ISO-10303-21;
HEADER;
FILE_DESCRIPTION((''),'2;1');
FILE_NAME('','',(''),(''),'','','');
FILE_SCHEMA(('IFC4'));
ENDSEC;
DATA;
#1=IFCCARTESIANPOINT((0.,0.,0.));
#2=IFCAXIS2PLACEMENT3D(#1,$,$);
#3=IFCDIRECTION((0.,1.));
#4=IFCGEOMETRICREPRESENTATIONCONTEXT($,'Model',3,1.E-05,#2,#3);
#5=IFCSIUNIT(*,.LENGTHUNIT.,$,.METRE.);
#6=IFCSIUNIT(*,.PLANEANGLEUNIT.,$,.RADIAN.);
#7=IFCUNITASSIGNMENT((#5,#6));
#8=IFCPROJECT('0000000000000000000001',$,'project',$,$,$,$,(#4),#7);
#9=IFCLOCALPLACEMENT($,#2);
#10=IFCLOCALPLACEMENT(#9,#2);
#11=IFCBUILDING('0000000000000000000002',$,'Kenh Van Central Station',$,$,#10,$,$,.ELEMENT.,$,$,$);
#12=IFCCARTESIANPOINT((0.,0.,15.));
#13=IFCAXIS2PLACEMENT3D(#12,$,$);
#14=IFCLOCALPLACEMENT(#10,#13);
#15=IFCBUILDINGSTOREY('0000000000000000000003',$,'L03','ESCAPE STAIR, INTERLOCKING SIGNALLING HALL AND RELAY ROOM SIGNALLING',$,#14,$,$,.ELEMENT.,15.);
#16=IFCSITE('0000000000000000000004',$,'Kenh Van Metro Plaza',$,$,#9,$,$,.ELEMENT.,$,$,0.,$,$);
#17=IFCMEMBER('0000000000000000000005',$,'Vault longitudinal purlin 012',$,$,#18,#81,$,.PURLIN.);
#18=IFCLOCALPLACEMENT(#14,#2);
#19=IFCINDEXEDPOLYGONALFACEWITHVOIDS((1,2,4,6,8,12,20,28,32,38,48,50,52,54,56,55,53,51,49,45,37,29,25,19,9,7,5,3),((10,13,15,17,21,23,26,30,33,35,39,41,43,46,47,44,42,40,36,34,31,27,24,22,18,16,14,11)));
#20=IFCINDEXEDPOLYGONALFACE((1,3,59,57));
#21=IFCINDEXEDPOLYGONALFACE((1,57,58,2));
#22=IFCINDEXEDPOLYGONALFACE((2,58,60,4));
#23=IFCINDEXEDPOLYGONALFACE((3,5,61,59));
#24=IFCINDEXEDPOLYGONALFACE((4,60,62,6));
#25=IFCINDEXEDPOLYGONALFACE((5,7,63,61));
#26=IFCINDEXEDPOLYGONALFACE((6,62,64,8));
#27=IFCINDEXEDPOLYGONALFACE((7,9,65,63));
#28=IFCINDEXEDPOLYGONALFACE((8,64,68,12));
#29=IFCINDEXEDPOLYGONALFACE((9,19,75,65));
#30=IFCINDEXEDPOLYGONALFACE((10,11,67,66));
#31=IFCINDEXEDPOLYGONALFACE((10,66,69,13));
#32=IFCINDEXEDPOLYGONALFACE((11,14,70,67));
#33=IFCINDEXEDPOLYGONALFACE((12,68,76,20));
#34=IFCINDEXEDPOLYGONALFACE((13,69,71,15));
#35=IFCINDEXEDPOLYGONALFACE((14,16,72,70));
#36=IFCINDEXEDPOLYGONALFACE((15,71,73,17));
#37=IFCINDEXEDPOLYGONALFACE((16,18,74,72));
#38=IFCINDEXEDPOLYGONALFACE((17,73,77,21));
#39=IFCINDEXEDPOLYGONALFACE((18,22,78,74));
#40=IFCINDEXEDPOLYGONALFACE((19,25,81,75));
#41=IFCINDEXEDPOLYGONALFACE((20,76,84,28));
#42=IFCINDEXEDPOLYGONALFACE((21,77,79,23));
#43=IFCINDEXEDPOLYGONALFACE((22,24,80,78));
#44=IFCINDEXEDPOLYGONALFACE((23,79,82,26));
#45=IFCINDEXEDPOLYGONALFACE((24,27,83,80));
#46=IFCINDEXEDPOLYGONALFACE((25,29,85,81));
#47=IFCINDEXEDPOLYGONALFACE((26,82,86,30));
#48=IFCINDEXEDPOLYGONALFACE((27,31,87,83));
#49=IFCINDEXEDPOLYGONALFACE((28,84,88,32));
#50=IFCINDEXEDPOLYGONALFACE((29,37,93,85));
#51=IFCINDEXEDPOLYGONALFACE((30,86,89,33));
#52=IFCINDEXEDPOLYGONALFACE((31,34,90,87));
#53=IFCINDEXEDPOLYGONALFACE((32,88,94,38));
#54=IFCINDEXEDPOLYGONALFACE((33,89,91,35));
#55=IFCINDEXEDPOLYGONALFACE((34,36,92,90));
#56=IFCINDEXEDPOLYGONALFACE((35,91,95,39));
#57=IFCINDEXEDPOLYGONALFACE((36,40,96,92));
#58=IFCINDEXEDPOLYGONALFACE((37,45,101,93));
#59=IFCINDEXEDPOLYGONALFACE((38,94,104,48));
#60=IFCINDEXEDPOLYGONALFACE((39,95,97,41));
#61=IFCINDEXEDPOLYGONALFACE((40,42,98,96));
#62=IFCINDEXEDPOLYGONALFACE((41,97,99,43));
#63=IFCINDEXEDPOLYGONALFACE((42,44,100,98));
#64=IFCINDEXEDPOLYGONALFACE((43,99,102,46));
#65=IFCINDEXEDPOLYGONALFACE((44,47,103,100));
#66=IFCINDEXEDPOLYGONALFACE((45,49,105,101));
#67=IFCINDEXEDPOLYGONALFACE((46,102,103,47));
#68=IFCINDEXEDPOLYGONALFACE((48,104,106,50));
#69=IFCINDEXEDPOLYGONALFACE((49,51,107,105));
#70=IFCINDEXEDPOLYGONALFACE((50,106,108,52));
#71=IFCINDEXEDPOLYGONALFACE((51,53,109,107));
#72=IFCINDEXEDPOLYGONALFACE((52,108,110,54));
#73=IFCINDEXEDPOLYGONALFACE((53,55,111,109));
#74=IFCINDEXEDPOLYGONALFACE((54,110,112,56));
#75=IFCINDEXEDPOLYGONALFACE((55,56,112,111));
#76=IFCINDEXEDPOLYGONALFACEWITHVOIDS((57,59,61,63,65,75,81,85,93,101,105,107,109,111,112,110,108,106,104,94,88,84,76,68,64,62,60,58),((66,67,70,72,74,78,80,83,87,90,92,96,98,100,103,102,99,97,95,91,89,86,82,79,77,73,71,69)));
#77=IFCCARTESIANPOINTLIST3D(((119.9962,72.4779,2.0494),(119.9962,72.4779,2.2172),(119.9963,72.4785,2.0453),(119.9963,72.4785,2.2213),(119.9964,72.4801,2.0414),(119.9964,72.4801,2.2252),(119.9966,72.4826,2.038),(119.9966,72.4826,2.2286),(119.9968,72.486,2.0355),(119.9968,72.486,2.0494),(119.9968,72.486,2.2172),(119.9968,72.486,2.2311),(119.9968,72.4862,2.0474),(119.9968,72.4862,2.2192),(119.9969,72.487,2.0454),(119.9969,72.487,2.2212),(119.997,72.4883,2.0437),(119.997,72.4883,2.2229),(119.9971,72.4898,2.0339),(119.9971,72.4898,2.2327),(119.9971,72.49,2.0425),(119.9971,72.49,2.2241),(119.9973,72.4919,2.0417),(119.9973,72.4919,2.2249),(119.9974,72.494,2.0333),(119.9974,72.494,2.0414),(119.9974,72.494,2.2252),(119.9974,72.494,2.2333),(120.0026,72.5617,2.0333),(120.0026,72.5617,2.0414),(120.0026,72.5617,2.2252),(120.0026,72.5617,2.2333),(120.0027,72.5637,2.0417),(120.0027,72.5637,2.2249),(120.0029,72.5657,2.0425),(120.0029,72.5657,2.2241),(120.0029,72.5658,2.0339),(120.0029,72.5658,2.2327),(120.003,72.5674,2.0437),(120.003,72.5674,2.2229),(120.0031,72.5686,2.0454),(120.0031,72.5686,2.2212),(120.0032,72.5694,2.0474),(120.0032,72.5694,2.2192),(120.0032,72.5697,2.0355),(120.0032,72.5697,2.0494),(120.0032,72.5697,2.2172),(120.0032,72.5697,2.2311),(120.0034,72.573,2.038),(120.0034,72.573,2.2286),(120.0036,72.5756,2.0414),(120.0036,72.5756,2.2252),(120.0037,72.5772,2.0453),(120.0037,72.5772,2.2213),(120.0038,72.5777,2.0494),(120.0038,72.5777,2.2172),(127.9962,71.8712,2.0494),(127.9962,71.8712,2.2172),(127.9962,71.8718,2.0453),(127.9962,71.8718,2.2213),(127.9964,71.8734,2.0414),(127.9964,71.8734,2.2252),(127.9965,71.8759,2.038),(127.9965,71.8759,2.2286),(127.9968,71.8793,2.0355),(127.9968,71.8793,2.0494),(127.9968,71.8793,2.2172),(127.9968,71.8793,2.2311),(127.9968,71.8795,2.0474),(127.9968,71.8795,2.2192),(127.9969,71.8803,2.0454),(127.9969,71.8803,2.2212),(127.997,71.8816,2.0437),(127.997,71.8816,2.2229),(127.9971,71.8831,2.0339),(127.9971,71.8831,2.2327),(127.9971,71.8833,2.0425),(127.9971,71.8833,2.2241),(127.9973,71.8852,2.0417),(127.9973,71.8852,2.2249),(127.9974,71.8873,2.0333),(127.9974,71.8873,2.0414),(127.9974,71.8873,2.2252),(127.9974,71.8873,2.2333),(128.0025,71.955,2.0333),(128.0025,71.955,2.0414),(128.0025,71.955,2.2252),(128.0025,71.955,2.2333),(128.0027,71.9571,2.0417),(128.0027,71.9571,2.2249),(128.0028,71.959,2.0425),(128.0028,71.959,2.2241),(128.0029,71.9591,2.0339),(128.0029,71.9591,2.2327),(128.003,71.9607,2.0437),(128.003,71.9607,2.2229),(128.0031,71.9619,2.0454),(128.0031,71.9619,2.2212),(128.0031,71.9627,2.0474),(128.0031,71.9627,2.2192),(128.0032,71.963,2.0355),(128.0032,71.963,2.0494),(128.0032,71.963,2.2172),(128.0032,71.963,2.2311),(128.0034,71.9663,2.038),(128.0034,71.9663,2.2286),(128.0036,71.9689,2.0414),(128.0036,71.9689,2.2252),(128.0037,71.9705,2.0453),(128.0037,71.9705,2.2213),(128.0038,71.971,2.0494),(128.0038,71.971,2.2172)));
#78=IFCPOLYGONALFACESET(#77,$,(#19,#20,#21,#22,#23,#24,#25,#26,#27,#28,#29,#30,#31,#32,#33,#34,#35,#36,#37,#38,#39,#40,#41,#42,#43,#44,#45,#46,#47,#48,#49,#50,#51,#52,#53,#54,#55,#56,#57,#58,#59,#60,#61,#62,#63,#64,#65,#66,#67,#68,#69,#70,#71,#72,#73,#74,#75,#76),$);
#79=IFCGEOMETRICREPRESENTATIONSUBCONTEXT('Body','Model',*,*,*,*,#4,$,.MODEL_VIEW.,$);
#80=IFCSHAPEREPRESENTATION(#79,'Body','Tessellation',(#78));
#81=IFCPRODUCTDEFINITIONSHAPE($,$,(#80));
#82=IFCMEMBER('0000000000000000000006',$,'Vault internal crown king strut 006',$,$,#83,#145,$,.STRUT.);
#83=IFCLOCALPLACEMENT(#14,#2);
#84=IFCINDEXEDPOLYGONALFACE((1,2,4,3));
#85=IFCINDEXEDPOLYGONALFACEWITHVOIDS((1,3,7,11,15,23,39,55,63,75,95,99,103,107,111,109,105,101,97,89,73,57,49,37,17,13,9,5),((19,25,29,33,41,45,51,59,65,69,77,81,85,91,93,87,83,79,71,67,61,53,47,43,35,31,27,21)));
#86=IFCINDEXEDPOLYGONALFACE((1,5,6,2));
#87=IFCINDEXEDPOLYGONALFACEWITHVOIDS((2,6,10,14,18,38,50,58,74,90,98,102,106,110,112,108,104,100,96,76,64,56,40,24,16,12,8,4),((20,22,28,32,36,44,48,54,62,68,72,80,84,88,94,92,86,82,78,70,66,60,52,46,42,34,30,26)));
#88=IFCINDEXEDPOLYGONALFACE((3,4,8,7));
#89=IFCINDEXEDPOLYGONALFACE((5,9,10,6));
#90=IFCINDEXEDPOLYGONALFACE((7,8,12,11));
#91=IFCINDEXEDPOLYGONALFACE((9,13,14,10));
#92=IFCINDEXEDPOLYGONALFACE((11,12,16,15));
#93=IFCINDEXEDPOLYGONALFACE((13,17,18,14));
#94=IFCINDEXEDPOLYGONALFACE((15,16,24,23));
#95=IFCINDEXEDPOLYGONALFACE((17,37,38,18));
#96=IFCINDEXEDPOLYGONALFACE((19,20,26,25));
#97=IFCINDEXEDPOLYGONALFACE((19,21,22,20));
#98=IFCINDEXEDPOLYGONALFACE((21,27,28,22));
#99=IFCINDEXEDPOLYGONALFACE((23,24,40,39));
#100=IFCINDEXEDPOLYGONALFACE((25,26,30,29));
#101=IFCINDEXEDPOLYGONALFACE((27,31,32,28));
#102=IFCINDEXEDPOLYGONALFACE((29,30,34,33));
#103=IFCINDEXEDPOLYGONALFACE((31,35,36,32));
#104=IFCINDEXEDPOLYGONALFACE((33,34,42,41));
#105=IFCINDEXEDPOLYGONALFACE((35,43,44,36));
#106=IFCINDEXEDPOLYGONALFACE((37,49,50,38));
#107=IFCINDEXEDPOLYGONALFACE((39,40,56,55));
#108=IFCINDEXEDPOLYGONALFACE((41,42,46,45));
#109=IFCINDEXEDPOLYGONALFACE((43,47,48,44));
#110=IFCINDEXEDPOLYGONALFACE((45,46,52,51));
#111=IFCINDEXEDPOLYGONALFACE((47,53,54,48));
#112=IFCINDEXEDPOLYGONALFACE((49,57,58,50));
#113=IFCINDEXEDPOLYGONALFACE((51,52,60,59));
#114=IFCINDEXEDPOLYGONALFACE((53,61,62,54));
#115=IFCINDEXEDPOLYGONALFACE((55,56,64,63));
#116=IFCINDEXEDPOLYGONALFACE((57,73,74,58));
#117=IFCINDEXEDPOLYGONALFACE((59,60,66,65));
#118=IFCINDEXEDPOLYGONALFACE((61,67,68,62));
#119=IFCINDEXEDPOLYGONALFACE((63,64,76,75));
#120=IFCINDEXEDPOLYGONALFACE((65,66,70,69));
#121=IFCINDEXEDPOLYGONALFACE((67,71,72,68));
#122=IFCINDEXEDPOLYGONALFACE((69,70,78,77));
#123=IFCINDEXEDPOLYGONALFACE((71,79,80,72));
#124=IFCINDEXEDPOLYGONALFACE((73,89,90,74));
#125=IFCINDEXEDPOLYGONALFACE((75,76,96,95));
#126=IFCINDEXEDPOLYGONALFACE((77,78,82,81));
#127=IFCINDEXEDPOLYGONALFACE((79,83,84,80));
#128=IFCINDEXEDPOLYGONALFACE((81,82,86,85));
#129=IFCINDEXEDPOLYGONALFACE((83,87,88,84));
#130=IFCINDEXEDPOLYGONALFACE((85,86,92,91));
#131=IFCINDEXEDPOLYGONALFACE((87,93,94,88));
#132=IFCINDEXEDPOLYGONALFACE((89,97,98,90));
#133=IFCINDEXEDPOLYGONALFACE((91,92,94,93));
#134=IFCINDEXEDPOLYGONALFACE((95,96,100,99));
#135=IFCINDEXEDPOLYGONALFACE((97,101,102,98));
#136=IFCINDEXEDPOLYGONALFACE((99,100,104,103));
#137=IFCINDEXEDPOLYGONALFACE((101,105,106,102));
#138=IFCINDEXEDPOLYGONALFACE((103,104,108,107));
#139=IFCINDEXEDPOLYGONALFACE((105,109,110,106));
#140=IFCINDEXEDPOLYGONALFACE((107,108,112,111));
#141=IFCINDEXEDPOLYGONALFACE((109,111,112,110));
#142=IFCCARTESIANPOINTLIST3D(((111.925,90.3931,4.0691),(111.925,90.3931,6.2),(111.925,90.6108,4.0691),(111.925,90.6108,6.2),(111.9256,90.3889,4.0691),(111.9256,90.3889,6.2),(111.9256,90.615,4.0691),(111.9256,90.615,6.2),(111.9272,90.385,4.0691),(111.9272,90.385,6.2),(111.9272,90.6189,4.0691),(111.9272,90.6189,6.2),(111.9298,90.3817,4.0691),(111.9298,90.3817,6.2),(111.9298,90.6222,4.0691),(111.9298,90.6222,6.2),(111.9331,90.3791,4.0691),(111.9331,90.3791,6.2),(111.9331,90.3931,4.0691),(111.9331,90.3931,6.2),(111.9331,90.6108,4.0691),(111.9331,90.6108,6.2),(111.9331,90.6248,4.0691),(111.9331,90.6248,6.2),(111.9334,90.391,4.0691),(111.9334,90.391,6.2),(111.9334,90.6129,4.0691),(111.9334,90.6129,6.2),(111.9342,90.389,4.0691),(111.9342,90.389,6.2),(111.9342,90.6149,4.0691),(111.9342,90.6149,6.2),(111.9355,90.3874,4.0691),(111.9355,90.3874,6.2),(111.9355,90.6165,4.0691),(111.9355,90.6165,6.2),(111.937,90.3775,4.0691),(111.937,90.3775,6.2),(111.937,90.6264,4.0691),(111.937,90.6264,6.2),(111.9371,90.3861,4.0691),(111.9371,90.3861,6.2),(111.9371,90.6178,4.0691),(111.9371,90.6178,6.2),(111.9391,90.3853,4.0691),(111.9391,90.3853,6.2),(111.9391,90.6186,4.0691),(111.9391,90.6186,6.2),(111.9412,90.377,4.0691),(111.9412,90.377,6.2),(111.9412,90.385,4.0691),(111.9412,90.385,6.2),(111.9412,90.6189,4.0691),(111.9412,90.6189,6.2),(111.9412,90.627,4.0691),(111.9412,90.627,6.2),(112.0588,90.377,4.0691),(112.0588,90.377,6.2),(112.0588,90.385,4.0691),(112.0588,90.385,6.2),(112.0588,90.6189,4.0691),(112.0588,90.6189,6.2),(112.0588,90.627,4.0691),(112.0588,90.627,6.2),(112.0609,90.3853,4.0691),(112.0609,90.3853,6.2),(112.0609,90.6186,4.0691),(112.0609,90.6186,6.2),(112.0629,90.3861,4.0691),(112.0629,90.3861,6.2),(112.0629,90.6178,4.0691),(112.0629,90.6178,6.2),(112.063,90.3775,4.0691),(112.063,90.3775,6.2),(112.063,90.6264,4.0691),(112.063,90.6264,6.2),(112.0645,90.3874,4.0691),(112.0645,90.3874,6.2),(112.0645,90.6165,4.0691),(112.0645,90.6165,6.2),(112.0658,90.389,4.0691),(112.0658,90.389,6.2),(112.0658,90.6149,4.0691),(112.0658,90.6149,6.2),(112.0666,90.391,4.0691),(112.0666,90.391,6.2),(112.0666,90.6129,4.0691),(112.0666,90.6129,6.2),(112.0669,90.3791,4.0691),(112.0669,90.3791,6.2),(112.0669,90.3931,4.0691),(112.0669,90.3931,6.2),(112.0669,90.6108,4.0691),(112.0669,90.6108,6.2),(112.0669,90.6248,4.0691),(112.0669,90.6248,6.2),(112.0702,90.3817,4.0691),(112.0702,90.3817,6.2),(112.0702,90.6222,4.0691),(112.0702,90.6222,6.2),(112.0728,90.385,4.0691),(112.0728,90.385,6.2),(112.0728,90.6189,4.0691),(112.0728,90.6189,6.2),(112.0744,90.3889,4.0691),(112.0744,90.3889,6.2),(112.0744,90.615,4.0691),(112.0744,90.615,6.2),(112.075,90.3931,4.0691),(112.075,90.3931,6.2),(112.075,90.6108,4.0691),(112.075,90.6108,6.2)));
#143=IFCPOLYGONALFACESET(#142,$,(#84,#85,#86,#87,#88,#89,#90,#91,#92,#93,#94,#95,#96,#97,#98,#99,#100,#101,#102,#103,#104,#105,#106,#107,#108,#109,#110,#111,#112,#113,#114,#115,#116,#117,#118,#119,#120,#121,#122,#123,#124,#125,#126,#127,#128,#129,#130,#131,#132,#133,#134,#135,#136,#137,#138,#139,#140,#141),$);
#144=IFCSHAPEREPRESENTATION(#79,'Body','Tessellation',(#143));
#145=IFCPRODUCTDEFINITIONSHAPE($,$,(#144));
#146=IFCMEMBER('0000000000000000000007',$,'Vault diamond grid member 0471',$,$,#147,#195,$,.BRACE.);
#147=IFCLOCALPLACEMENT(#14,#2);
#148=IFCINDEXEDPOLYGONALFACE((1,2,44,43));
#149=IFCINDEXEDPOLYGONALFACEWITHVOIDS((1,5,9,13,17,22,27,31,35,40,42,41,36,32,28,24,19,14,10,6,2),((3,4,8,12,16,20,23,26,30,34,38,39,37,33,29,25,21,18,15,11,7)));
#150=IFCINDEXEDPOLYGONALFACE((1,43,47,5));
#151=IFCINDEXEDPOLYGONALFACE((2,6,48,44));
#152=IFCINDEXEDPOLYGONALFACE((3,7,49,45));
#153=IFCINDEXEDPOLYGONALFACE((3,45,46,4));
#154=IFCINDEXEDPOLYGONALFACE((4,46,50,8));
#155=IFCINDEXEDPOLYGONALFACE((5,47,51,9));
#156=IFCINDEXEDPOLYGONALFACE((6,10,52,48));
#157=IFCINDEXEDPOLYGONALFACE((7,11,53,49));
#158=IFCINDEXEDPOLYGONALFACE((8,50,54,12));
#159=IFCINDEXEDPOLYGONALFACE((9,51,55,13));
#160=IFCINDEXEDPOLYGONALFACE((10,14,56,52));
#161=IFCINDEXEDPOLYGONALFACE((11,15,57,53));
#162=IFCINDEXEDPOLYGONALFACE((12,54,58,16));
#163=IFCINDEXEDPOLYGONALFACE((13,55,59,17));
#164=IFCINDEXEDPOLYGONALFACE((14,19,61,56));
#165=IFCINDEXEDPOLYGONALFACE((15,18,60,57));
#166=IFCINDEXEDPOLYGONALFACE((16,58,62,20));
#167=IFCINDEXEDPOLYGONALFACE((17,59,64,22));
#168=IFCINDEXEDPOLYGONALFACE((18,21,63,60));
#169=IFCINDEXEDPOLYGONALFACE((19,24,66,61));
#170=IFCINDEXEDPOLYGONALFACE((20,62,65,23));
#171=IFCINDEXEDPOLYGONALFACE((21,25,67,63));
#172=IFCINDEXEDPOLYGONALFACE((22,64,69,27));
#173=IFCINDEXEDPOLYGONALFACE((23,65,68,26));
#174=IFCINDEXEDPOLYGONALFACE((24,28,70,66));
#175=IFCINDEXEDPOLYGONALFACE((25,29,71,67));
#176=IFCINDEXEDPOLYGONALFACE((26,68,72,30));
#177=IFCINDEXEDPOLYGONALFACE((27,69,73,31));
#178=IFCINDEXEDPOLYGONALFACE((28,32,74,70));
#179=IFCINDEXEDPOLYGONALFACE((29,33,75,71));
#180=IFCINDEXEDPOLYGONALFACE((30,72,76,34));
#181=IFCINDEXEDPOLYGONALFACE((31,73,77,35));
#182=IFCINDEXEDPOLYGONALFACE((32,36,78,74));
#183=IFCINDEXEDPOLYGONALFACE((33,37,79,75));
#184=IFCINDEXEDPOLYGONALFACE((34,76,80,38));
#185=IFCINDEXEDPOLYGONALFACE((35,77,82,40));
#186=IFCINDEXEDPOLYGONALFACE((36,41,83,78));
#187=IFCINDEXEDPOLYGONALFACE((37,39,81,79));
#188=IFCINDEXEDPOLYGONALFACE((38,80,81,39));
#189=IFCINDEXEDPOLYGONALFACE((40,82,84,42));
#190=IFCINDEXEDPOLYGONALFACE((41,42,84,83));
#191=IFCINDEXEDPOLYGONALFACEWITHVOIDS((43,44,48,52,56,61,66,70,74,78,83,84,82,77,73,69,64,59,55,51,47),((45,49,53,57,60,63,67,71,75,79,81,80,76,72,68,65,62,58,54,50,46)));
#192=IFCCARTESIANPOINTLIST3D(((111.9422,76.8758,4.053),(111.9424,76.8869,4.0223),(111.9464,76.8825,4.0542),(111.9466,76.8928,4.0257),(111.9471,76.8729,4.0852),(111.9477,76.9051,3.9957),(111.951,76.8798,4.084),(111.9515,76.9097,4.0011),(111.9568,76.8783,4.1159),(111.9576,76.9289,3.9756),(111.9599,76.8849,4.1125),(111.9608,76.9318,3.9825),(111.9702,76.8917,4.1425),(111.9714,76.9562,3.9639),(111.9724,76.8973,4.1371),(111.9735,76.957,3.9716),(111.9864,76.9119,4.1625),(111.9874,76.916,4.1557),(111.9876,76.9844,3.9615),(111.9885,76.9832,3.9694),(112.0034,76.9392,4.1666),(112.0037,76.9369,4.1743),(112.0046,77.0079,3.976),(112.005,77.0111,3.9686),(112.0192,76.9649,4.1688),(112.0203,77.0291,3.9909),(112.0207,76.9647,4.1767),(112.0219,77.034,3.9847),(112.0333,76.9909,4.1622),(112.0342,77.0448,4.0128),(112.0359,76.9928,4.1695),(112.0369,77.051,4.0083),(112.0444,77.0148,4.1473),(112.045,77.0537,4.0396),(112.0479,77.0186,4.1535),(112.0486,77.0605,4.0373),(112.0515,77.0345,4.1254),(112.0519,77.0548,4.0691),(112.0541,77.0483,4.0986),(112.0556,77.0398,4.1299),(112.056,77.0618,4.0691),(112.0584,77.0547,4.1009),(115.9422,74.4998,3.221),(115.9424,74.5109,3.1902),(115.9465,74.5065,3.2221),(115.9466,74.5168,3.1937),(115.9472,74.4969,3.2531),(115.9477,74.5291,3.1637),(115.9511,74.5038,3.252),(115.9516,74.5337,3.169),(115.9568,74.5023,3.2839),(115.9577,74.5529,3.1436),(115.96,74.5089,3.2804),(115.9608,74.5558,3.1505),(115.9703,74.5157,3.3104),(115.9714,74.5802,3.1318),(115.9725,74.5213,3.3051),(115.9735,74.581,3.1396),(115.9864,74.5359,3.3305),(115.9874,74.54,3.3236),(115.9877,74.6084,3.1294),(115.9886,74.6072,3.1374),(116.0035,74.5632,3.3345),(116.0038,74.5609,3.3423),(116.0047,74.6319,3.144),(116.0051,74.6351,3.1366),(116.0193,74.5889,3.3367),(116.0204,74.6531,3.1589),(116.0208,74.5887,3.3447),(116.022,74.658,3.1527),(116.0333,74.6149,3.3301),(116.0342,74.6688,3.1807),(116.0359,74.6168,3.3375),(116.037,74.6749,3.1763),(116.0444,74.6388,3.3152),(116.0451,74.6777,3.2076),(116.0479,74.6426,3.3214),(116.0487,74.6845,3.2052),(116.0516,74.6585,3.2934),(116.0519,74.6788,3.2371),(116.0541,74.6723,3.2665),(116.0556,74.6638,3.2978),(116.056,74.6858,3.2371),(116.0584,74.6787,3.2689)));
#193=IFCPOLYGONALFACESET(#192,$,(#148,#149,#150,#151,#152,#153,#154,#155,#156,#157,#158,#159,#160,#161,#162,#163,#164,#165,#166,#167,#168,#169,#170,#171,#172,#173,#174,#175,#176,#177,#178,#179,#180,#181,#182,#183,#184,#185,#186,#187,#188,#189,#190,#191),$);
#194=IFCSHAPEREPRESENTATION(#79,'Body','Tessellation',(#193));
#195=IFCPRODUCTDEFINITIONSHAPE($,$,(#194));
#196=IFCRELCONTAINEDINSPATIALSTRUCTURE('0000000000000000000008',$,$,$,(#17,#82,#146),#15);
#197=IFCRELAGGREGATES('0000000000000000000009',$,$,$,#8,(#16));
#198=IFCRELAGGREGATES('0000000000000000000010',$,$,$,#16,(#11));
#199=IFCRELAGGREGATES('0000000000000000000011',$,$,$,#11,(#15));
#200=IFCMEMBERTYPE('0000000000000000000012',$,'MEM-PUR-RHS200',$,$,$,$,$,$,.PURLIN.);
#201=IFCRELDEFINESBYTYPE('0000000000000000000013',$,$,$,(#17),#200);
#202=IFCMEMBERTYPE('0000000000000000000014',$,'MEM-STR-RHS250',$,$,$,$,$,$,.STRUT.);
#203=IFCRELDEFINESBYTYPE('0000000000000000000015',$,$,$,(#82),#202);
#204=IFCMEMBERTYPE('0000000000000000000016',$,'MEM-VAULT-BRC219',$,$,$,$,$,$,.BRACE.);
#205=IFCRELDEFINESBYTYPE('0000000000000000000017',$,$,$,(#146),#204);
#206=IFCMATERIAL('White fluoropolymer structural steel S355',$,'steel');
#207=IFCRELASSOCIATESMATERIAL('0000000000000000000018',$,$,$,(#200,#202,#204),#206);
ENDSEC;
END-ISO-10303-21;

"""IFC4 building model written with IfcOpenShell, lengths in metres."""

from ifc_helpers import new_model, si_unit, direction, frame, origin, origin_2d, place, context, subcontext, project, spatial, hollow_rectangle, hollow_circle, extrude, material, material_profile, profile_set, type_object, element, save


model = new_model("IFC4")

# Units and contexts
model_context = context("Model", 3, precision=1e-05, world=origin(), true_north=direction((0.0, 1.0)))
body_context = subcontext(model_context, "Body", "Model", "MODEL_VIEW")
ifc_project = project(units=[si_unit("LENGTHUNIT", "METRE"), si_unit("PLANEANGLEUNIT", "RADIAN")], contexts=[model_context])

# Site, building, storey
site_placement = place(None, origin())
site = spatial("IfcSite", under=ifc_project, at=site_placement, Name="Kenh Van Metro Plaza", CompositionType="ELEMENT", RefElevation=0.0)
building_placement = place(site_placement, origin())
building = spatial("IfcBuilding", under=site, at=building_placement, Name="Kenh Van Central Station", CompositionType="ELEMENT")
storey_placement = place(building_placement, frame((0.0, 0.0, 15.0)))
storey = spatial("IfcBuildingStorey", under=building, at=storey_placement, Name="L03", Description="ESCAPE STAIR, INTERLOCKING SIGNALLING HALL AND RELAY ROOM SIGNALLING", CompositionType="ELEMENT", Elevation=15.0)

# Shared definitions
ifc_material_1 = material(Name="White fluoropolymer structural steel S355", Category="steel")

# Members
ifc_material_profile_1 = material_profile(ifc_material_1, hollow_rectangle(XDim=0.1001, YDim=0.2, WallThickness=0.0081, InnerFilletRadius=0.0081, OuterFilletRadius=0.0161, at=origin_2d()), Name="RHS 200x100x8")
ifc_profile_set_1 = profile_set([ifc_material_profile_1], Name="White fluoropolymer structural steel S355")
member_type_1 = type_object("IfcMemberType", Name="MEM-PUR-RHS200", PredefinedType="PURLIN", material=ifc_profile_set_1)
member_1_placement = place(storey_placement, frame((120.0, 72.5278, 2.1333), z_axis=(0.997137, -0.075619, 0.0), x_axis=(0.075619, 0.997137, 0.0)))
element("IfcMember", 1, at=member_1_placement, inside=storey, type_object=member_type_1, Name="Vault longitudinal purlin 012", PredefinedType="PURLIN", context=body_context, shape_type="SweptSolid", body=[
    extrude(hollow_rectangle(XDim=0.1001, YDim=0.2, WallThickness=0.0081, InnerFilletRadius=0.0081, OuterFilletRadius=0.0161, at=origin_2d()), origin(), (0.0, 0.0, 1.0), 8.0229),
])
ifc_material_profile_2 = material_profile(ifc_material_1, hollow_rectangle(XDim=0.1499, YDim=0.25, WallThickness=0.0081, InnerFilletRadius=0.0081, OuterFilletRadius=0.0161, at=origin_2d()), Name="RHS 250x150x8")
ifc_profile_set_2 = profile_set([ifc_material_profile_2], Name="White fluoropolymer structural steel S355")
member_type_2 = type_object("IfcMemberType", Name="MEM-STR-RHS250", PredefinedType="STRUT", material=ifc_profile_set_2)
member_2_placement = place(storey_placement, frame((112.0, 90.502, 4.0691), z_axis=(0.0, 0.0, 1.0), x_axis=(1.0, 0.0, 0.0)))
element("IfcMember", 2, at=member_2_placement, inside=storey, type_object=member_type_2, Name="Vault internal crown king strut 006", PredefinedType="STRUT", context=body_context, shape_type="SweptSolid", body=[
    extrude(hollow_rectangle(XDim=0.1499, YDim=0.25, WallThickness=0.0081, InnerFilletRadius=0.0081, OuterFilletRadius=0.0161, at=origin_2d()), origin(), (0.0, 0.0, 1.0), 2.1309),
])
ifc_material_profile_3 = material_profile(ifc_material_1, hollow_circle(Radius=0.1096, WallThickness=0.0081, at=origin_2d()), Name="CHS 219.1x8")
ifc_profile_set_3 = profile_set([ifc_material_profile_3], Name="White fluoropolymer structural steel S355")
member_type_3 = type_object("IfcMemberType", Name="MEM-VAULT-BRC219", PredefinedType="BRACE", material=ifc_profile_set_3)
member_3_placement = place(storey_placement, frame((112.0, 76.9675, 4.0691), z_axis=(0.846335, -0.502718, -0.176044), x_axis=(0.510694, 0.859763, 0.0)))
element("IfcMember", 3, at=member_3_placement, inside=storey, type_object=member_type_3, Name="Vault diamond grid member 0471", PredefinedType="BRACE", context=body_context, shape_type="SweptSolid", body=[
    extrude(hollow_circle(Radius=0.1096, WallThickness=0.0081, at=origin_2d()), origin(), (0.0, 0.0, 1.0), 4.7263),
])

save(model, "model.ifc")
